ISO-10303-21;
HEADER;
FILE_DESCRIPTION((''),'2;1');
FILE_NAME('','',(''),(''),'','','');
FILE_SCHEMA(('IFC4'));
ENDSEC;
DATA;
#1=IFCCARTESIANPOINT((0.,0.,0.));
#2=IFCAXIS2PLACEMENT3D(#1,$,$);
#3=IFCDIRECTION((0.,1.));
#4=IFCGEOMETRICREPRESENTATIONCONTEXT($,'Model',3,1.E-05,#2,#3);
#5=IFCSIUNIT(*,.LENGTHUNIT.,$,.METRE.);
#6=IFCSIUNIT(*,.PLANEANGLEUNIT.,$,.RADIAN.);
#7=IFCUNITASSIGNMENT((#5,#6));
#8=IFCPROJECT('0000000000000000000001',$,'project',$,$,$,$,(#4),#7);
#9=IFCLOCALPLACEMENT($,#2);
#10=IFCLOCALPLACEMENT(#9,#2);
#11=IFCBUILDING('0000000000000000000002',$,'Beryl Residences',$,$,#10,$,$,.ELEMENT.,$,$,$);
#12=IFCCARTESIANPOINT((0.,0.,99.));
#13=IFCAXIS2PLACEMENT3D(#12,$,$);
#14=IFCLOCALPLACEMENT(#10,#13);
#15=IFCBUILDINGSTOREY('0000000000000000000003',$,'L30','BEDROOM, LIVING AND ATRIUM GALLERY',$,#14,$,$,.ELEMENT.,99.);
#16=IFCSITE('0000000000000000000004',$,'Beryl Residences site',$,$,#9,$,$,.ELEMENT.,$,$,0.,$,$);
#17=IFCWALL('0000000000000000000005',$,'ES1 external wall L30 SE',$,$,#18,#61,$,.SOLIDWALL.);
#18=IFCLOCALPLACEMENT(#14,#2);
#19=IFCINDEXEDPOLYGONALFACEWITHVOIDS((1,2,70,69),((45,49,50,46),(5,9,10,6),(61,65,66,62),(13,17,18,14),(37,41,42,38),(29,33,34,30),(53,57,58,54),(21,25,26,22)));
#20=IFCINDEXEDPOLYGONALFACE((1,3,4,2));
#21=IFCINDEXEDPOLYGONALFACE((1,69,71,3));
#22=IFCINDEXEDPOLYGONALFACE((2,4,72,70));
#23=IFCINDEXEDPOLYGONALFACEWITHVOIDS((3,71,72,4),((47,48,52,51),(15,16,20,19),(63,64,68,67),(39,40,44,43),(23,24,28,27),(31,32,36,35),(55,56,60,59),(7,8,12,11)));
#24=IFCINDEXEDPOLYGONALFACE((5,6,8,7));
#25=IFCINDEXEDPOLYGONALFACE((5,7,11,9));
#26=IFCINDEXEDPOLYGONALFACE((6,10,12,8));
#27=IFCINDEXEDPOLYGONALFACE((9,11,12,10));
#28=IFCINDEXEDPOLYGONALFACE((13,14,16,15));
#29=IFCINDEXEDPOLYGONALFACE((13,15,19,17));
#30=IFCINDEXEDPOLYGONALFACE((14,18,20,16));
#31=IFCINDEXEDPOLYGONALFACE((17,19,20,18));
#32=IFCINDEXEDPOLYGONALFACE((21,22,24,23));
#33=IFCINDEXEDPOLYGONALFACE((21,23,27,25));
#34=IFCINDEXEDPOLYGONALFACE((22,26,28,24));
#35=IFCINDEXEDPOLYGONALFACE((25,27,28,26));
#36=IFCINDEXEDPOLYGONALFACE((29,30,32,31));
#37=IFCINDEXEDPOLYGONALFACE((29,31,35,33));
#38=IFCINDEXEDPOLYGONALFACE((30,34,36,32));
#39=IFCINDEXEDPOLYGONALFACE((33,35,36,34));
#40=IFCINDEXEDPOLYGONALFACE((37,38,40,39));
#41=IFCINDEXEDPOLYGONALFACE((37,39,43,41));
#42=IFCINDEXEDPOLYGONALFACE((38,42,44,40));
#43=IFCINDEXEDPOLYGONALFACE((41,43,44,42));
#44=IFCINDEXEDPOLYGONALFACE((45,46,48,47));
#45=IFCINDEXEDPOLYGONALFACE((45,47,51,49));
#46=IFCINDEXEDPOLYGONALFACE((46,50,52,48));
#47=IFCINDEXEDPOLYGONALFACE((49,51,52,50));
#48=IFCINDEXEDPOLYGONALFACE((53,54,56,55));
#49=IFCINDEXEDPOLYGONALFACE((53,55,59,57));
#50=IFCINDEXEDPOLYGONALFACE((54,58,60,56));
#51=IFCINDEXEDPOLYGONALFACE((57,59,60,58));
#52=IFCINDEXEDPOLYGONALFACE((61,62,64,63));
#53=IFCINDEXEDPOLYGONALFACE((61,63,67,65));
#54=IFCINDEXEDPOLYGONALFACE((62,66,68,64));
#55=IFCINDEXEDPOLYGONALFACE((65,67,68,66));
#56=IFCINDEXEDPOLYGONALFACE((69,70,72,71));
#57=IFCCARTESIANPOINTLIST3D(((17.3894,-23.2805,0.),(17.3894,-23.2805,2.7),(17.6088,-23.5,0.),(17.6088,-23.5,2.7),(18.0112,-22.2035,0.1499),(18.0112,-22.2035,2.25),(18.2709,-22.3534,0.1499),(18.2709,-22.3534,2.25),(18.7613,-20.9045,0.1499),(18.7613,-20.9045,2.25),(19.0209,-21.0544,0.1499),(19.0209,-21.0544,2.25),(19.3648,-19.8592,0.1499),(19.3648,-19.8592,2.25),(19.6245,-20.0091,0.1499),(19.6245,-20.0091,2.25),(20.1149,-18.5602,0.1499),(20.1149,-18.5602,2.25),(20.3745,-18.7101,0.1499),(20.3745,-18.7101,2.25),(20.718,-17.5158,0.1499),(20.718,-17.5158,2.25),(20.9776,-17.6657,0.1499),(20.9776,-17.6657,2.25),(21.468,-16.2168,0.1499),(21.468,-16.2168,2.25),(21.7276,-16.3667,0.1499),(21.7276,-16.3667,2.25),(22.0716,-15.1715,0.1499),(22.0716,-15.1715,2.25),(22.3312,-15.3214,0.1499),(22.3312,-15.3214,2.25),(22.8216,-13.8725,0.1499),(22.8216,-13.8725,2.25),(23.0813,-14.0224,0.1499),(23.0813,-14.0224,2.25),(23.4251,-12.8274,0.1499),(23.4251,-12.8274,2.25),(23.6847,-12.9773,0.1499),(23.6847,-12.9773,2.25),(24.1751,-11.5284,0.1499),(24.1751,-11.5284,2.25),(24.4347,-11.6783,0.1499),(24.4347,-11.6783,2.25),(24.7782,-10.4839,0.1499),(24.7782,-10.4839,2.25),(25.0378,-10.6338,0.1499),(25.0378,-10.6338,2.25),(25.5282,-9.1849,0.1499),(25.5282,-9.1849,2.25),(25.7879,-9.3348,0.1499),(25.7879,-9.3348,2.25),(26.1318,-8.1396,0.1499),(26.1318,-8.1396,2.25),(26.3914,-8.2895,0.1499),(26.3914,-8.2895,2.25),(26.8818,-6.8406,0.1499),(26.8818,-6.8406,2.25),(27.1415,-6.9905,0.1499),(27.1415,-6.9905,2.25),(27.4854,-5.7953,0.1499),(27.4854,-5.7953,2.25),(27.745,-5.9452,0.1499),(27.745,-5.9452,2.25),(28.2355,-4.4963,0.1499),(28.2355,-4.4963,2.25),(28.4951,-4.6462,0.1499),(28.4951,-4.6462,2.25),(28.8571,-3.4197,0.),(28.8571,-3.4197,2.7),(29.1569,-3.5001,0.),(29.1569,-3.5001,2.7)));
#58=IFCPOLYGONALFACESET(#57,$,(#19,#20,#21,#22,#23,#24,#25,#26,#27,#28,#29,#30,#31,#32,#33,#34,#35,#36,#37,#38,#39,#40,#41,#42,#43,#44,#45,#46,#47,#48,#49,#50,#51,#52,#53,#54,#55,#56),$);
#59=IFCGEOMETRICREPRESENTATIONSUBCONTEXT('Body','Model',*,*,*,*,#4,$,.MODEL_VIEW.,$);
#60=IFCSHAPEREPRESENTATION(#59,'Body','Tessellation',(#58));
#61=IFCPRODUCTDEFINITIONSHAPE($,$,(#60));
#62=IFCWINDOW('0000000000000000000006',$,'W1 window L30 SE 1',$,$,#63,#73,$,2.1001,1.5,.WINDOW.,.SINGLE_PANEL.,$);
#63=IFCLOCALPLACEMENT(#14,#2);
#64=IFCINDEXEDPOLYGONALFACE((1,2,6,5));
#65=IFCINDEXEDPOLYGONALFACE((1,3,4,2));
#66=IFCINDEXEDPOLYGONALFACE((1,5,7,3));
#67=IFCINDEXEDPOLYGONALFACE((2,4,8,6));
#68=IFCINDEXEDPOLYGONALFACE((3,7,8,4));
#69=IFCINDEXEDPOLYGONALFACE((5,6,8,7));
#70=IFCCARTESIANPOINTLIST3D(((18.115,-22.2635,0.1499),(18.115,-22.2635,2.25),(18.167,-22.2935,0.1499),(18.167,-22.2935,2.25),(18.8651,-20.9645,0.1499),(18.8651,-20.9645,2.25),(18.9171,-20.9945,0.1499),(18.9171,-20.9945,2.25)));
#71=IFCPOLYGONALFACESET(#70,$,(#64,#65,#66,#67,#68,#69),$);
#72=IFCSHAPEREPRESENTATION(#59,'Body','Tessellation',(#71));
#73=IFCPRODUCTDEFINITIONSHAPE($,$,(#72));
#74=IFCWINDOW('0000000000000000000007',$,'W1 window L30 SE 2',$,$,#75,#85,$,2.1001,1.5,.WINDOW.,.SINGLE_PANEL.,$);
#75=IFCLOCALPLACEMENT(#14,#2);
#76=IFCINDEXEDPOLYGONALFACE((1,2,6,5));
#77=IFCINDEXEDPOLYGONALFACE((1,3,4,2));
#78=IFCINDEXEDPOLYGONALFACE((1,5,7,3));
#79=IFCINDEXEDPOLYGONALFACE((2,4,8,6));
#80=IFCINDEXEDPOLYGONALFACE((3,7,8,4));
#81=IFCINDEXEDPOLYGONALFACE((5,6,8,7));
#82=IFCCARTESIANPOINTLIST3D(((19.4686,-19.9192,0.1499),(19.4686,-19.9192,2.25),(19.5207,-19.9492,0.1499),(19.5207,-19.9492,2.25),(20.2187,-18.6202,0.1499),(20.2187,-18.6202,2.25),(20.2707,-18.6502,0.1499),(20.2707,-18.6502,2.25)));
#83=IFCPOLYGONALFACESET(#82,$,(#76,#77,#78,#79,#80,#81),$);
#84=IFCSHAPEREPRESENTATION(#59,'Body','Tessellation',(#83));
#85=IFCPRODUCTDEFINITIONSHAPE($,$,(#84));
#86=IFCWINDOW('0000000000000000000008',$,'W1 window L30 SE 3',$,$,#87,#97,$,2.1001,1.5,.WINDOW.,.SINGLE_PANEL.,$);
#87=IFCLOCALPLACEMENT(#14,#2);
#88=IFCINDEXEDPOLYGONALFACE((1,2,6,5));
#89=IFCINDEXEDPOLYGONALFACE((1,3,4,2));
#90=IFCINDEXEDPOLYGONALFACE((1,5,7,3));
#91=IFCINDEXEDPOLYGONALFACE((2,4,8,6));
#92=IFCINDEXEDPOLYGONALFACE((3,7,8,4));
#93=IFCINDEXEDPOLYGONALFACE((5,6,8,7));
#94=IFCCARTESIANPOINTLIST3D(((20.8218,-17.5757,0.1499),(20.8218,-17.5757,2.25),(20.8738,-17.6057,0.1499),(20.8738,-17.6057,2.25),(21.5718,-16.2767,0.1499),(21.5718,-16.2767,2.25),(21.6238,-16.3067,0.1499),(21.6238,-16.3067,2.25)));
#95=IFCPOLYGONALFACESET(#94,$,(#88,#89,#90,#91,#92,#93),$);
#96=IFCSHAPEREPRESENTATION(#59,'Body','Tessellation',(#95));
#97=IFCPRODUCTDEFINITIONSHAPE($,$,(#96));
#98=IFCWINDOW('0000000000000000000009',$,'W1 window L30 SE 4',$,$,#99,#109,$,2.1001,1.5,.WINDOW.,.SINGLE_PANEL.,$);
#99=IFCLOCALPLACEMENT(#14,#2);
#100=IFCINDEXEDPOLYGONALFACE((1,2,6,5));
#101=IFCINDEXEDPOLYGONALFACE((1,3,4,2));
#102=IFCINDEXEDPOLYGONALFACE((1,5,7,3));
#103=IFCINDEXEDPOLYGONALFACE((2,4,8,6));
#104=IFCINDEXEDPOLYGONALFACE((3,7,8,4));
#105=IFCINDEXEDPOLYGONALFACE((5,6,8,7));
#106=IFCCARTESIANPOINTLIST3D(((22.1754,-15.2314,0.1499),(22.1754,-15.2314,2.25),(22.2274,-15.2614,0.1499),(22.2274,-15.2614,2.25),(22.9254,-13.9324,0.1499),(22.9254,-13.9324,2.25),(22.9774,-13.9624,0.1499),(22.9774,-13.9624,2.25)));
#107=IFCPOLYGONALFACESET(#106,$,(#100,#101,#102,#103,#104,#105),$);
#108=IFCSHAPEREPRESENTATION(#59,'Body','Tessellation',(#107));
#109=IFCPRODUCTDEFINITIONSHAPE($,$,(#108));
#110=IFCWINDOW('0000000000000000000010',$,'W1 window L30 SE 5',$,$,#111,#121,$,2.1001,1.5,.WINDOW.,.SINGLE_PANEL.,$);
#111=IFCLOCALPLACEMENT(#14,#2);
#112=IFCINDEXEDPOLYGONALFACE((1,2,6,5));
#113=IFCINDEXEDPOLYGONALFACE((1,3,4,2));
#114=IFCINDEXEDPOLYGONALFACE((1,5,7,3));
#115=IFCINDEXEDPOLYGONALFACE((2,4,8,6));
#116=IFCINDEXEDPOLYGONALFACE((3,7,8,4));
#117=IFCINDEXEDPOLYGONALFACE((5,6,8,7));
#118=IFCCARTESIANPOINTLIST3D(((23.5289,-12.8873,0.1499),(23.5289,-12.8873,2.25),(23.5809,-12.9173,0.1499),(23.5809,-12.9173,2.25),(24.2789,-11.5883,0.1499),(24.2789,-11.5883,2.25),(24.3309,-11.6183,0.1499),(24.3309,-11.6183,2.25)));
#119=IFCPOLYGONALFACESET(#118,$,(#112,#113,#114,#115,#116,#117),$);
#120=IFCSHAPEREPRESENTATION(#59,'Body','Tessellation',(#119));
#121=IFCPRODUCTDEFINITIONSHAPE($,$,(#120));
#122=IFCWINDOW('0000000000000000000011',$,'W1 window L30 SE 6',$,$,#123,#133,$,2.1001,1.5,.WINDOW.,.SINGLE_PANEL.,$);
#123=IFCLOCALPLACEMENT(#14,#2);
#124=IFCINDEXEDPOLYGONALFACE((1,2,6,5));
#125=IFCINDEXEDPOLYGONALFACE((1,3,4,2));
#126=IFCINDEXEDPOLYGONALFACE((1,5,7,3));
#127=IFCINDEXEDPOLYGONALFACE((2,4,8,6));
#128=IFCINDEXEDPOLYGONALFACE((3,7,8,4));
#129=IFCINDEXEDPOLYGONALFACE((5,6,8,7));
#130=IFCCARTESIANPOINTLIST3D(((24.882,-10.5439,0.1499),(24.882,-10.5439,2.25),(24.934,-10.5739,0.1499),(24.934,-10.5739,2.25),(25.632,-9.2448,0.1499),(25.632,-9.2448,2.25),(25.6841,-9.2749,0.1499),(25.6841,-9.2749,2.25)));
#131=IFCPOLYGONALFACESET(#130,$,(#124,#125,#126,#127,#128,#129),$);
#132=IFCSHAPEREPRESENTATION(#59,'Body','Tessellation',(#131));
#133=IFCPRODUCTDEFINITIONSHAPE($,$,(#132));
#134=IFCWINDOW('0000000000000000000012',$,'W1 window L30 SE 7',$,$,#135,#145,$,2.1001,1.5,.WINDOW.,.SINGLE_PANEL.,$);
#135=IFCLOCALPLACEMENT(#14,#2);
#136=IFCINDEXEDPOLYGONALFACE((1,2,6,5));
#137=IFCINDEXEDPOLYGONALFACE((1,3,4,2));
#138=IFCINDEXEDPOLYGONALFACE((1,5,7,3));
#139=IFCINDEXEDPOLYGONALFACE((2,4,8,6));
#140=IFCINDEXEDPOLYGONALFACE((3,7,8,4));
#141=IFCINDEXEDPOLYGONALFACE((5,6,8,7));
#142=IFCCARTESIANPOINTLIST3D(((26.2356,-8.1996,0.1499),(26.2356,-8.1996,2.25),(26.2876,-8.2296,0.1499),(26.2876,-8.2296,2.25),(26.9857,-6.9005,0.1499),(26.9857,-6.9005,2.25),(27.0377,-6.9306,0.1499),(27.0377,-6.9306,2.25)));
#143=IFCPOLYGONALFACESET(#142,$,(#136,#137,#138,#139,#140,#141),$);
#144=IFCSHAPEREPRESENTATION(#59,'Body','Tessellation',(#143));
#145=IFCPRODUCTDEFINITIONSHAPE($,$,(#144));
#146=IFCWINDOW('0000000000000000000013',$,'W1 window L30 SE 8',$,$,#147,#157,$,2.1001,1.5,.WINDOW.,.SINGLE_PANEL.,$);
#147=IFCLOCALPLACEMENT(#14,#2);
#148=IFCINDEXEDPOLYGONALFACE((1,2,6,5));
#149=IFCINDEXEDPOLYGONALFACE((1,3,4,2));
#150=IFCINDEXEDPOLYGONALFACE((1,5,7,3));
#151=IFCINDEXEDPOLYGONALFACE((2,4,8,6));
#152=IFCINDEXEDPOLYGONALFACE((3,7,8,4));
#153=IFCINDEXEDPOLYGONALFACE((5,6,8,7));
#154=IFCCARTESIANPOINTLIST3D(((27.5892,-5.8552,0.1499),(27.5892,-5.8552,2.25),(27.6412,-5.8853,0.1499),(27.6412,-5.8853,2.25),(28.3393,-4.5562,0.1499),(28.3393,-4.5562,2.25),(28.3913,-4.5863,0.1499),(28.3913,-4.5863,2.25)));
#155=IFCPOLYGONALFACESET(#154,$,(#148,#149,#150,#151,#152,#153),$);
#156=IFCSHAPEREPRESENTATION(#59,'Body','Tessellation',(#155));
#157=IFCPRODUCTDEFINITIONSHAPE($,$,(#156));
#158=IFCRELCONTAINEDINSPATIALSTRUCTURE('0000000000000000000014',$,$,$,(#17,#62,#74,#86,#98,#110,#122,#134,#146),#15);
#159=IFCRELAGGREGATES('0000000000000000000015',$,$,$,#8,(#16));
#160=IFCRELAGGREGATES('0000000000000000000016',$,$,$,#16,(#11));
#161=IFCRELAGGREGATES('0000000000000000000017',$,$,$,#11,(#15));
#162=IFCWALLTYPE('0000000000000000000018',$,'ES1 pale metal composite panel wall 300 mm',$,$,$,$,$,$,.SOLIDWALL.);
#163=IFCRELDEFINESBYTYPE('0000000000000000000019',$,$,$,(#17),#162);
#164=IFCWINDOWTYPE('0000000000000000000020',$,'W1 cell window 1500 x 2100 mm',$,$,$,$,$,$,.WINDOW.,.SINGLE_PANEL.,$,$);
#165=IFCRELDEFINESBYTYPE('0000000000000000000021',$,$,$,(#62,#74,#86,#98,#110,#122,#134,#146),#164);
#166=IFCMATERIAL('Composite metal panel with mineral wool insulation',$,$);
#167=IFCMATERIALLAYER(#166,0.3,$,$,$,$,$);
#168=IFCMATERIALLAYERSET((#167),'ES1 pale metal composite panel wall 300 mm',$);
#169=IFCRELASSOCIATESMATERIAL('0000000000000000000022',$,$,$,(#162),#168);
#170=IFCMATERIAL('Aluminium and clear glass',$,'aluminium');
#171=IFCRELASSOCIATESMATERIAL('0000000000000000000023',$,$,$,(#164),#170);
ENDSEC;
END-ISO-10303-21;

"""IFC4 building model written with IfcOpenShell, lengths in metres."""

from ifc_helpers import new_model, si_unit, direction, frame, frame_2d, origin, place, context, subcontext, project, spatial, polyline, rectangle, outline, extrude, material, layer, layer_set, type_object, element, fill, save


model = new_model("IFC4")

# Units and contexts
model_context = context("Model", 3, precision=1e-05, world=origin(), true_north=direction((0.0, 1.0)))
body_context = subcontext(model_context, "Body", "Model", "MODEL_VIEW")
ifc_project = project(units=[si_unit("LENGTHUNIT", "METRE"), si_unit("PLANEANGLEUNIT", "RADIAN")], contexts=[model_context])

# Site, building, storey
site_placement = place(None, origin())
site = spatial("IfcSite", under=ifc_project, at=site_placement, Name="Beryl Residences site", CompositionType="ELEMENT", RefElevation=0.0)
building_placement = place(site_placement, origin())
building = spatial("IfcBuilding", under=site, at=building_placement, Name="Beryl Residences", CompositionType="ELEMENT")
storey_placement = place(building_placement, frame((0.0, 0.0, 99.0)))
storey = spatial("IfcBuildingStorey", under=building, at=storey_placement, Name="L30", Description="BEDROOM, LIVING AND ATRIUM GALLERY", CompositionType="ELEMENT", Elevation=99.0)

# Wall, openings, windows
ifc_material_1 = material(Name="Composite metal panel with mineral wool insulation")
ifc_layer_1 = layer(ifc_material_1, 0.3)
ifc_layer_set_1 = layer_set([ifc_layer_1], Name="ES1 pale metal composite panel wall 300 mm")
wall_type_1 = type_object("IfcWallType", Name="ES1 pale metal composite panel wall 300 mm", PredefinedType="SOLIDWALL", material=ifc_layer_set_1)
wall_1_placement = place(storey_placement, frame((17.479, -23.425, 0.0), z_axis=(0.0, 0.0, 1.0), x_axis=(0.500035, 0.866005, 0.0)))
wall_1 = element("IfcWall", 1, at=wall_1_placement, inside=storey, type_object=wall_type_1, Name="ES1 external wall L30 SE", PredefinedType="SOLIDWALL", context=body_context, shape_type="SweptSolid", body=[
    extrude(outline(polyline([(0.0, -0.1499), (23.0945, -0.1499), (23.0142, 0.1499), (0.0803, 0.1499), (0.0, -0.1499)])), origin(), (0.0, 0.0, 1.0), 2.7),
])
opening_1_placement = place(wall_1_placement, frame((1.324, 0.0, 0.1499)))
opening_1 = element("IfcOpeningElement", 2, at=opening_1_placement, cuts=wall_1, PredefinedType="OPENING", context=body_context, shape_type="SweptSolid", body=[
    extrude(rectangle(XDim=1.5, YDim=2.1001, at=frame_2d((0.75, 1.05))), frame((0.0, 0.1599, 0.0), z_axis=(0.0, -1.0, 0.0), x_axis=(1.0, 0.0, 0.0)), (0.0, 0.0, 1.0), 0.3201),
])
opening_2_placement = place(wall_1_placement, frame((4.031, 0.0, 0.1499)))
opening_2 = element("IfcOpeningElement", 3, at=opening_2_placement, cuts=wall_1, PredefinedType="OPENING", context=body_context, shape_type="SweptSolid", body=[
    extrude(rectangle(XDim=1.5, YDim=2.1001, at=frame_2d((0.75, 1.05))), frame((0.0, 0.1599, 0.0), z_axis=(0.0, -1.0, 0.0), x_axis=(1.0, 0.0, 0.0)), (0.0, 0.0, 1.0), 0.3201),
])
opening_3_placement = place(wall_1_placement, frame((6.7371, 0.0, 0.1499)))
opening_3 = element("IfcOpeningElement", 4, at=opening_3_placement, cuts=wall_1, PredefinedType="OPENING", context=body_context, shape_type="SweptSolid", body=[
    extrude(rectangle(XDim=1.5, YDim=2.1001, at=frame_2d((0.75, 1.05))), frame((0.0, 0.1599, 0.0), z_axis=(0.0, -1.0, 0.0), x_axis=(1.0, 0.0, 0.0)), (0.0, 0.0, 1.0), 0.3201),
])
opening_4_placement = place(wall_1_placement, frame((9.4441, 0.0, 0.1499)))
opening_4 = element("IfcOpeningElement", 5, at=opening_4_placement, cuts=wall_1, PredefinedType="OPENING", context=body_context, shape_type="SweptSolid", body=[
    extrude(rectangle(XDim=1.5, YDim=2.1001, at=frame_2d((0.75, 1.05))), frame((0.0, 0.1599, 0.0), z_axis=(0.0, -1.0, 0.0), x_axis=(1.0, 0.0, 0.0)), (0.0, 0.0, 1.0), 0.3201),
])
opening_5_placement = place(wall_1_placement, frame((12.1509, 0.0, 0.1499)))
opening_5 = element("IfcOpeningElement", 6, at=opening_5_placement, cuts=wall_1, PredefinedType="OPENING", context=body_context, shape_type="SweptSolid", body=[
    extrude(rectangle(XDim=1.5, YDim=2.1001, at=frame_2d((0.75, 1.05))), frame((0.0, 0.1599, 0.0), z_axis=(0.0, -1.0, 0.0), x_axis=(1.0, 0.0, 0.0)), (0.0, 0.0, 1.0), 0.3201),
])
opening_6_placement = place(wall_1_placement, frame((14.8569, 0.0, 0.1499)))
opening_6 = element("IfcOpeningElement", 7, at=opening_6_placement, cuts=wall_1, PredefinedType="OPENING", context=body_context, shape_type="SweptSolid", body=[
    extrude(rectangle(XDim=1.5, YDim=2.1001, at=frame_2d((0.75, 1.05))), frame((0.0, 0.1599, 0.0), z_axis=(0.0, -1.0, 0.0), x_axis=(1.0, 0.0, 0.0)), (0.0, 0.0, 1.0), 0.3201),
])
opening_7_placement = place(wall_1_placement, frame((17.564, 0.0, 0.1499)))
opening_7 = element("IfcOpeningElement", 8, at=opening_7_placement, cuts=wall_1, PredefinedType="OPENING", context=body_context, shape_type="SweptSolid", body=[
    extrude(rectangle(XDim=1.5, YDim=2.1001, at=frame_2d((0.75, 1.05))), frame((0.0, 0.1599, 0.0), z_axis=(0.0, -1.0, 0.0), x_axis=(1.0, 0.0, 0.0)), (0.0, 0.0, 1.0), 0.3201),
])
opening_8_placement = place(wall_1_placement, frame((20.271, 0.0, 0.1499)))
opening_8 = element("IfcOpeningElement", 9, at=opening_8_placement, cuts=wall_1, PredefinedType="OPENING", context=body_context, shape_type="SweptSolid", body=[
    extrude(rectangle(XDim=1.5, YDim=2.1001, at=frame_2d((0.75, 1.05))), frame((0.0, 0.1599, 0.0), z_axis=(0.0, -1.0, 0.0), x_axis=(1.0, 0.0, 0.0)), (0.0, 0.0, 1.0), 0.3201),
])
ifc_material_2 = material(Name="Aluminium and clear glass", Category="aluminium")
window_type_1 = type_object("IfcWindowType", Name="W1 cell window 1500 x 2100 mm", PartitioningType="SINGLE_PANEL", PredefinedType="WINDOW", material=ifc_material_2)
window_1_placement = place(opening_1_placement, origin())
window_1 = element("IfcWindow", 10, at=window_1_placement, inside=storey, type_object=window_type_1, Name="W1 window L30 SE 1", OverallHeight=2.1001, OverallWidth=1.5, PartitioningType="SINGLE_PANEL", PredefinedType="WINDOW", context=body_context, shape_type="SweptSolid", body=[
    extrude(rectangle(XDim=1.5, YDim=2.1001, at=frame_2d((0.75, 1.05))), frame((0.0, 0.03, 0.0), z_axis=(0.0, -1.0, 0.0), x_axis=(1.0, 0.0, 0.0)), (0.0, 0.0, 1.0), 0.0601),
])
fill(opening_1, window_1)
window_2_placement = place(opening_2_placement, origin())
window_2 = element("IfcWindow", 11, at=window_2_placement, inside=storey, type_object=window_type_1, Name="W1 window L30 SE 2", OverallHeight=2.1001, OverallWidth=1.5, PartitioningType="SINGLE_PANEL", PredefinedType="WINDOW", context=body_context, shape_type="SweptSolid", body=[
    extrude(rectangle(XDim=1.5, YDim=2.1001, at=frame_2d((0.75, 1.05))), frame((0.0, 0.03, 0.0), z_axis=(0.0, -1.0, 0.0), x_axis=(1.0, 0.0, 0.0)), (0.0, 0.0, 1.0), 0.0601),
])
fill(opening_2, window_2)
window_3_placement = place(opening_3_placement, origin())
window_3 = element("IfcWindow", 12, at=window_3_placement, inside=storey, type_object=window_type_1, Name="W1 window L30 SE 3", OverallHeight=2.1001, OverallWidth=1.5, PartitioningType="SINGLE_PANEL", PredefinedType="WINDOW", context=body_context, shape_type="SweptSolid", body=[
    extrude(rectangle(XDim=1.5, YDim=2.1001, at=frame_2d((0.75, 1.05))), frame((0.0, 0.03, 0.0), z_axis=(0.0, -1.0, 0.0), x_axis=(1.0, 0.0, 0.0)), (0.0, 0.0, 1.0), 0.0601),
])
fill(opening_3, window_3)
window_4_placement = place(opening_4_placement, origin())
window_4 = element("IfcWindow", 13, at=window_4_placement, inside=storey, type_object=window_type_1, Name="W1 window L30 SE 4", OverallHeight=2.1001, OverallWidth=1.5, PartitioningType="SINGLE_PANEL", PredefinedType="WINDOW", context=body_context, shape_type="SweptSolid", body=[
    extrude(rectangle(XDim=1.5, YDim=2.1001, at=frame_2d((0.75, 1.05))), frame((0.0, 0.03, 0.0), z_axis=(0.0, -1.0, 0.0), x_axis=(1.0, 0.0, 0.0)), (0.0, 0.0, 1.0), 0.0601),
])
fill(opening_4, window_4)
window_5_placement = place(opening_5_placement, origin())
window_5 = element("IfcWindow", 14, at=window_5_placement, inside=storey, type_object=window_type_1, Name="W1 window L30 SE 5", OverallHeight=2.1001, OverallWidth=1.5, PartitioningType="SINGLE_PANEL", PredefinedType="WINDOW", context=body_context, shape_type="SweptSolid", body=[
    extrude(rectangle(XDim=1.5, YDim=2.1001, at=frame_2d((0.75, 1.05))), frame((0.0, 0.03, 0.0), z_axis=(0.0, -1.0, 0.0), x_axis=(1.0, 0.0, 0.0)), (0.0, 0.0, 1.0), 0.0601),
])
fill(opening_5, window_5)
window_6_placement = place(opening_6_placement, origin())
window_6 = element("IfcWindow", 15, at=window_6_placement, inside=storey, type_object=window_type_1, Name="W1 window L30 SE 6", OverallHeight=2.1001, OverallWidth=1.5, PartitioningType="SINGLE_PANEL", PredefinedType="WINDOW", context=body_context, shape_type="SweptSolid", body=[
    extrude(rectangle(XDim=1.5, YDim=2.1001, at=frame_2d((0.75, 1.05))), frame((0.0, 0.03, 0.0), z_axis=(0.0, -1.0, 0.0), x_axis=(1.0, 0.0, 0.0)), (0.0, 0.0, 1.0), 0.0601),
])
fill(opening_6, window_6)
window_7_placement = place(opening_7_placement, origin())
window_7 = element("IfcWindow", 16, at=window_7_placement, inside=storey, type_object=window_type_1, Name="W1 window L30 SE 7", OverallHeight=2.1001, OverallWidth=1.5, PartitioningType="SINGLE_PANEL", PredefinedType="WINDOW", context=body_context, shape_type="SweptSolid", body=[
    extrude(rectangle(XDim=1.5, YDim=2.1001, at=frame_2d((0.75, 1.05))), frame((0.0, 0.03, 0.0), z_axis=(0.0, -1.0, 0.0), x_axis=(1.0, 0.0, 0.0)), (0.0, 0.0, 1.0), 0.0601),
])
fill(opening_7, window_7)
window_8_placement = place(opening_8_placement, origin())
window_8 = element("IfcWindow", 17, at=window_8_placement, inside=storey, type_object=window_type_1, Name="W1 window L30 SE 8", OverallHeight=2.1001, OverallWidth=1.5, PartitioningType="SINGLE_PANEL", PredefinedType="WINDOW", context=body_context, shape_type="SweptSolid", body=[
    extrude(rectangle(XDim=1.5, YDim=2.1001, at=frame_2d((0.75, 1.05))), frame((0.0, 0.03, 0.0), z_axis=(0.0, -1.0, 0.0), x_axis=(1.0, 0.0, 0.0)), (0.0, 0.0, 1.0), 0.0601),
])
fill(opening_8, window_8)

save(model, "model.ifc")
